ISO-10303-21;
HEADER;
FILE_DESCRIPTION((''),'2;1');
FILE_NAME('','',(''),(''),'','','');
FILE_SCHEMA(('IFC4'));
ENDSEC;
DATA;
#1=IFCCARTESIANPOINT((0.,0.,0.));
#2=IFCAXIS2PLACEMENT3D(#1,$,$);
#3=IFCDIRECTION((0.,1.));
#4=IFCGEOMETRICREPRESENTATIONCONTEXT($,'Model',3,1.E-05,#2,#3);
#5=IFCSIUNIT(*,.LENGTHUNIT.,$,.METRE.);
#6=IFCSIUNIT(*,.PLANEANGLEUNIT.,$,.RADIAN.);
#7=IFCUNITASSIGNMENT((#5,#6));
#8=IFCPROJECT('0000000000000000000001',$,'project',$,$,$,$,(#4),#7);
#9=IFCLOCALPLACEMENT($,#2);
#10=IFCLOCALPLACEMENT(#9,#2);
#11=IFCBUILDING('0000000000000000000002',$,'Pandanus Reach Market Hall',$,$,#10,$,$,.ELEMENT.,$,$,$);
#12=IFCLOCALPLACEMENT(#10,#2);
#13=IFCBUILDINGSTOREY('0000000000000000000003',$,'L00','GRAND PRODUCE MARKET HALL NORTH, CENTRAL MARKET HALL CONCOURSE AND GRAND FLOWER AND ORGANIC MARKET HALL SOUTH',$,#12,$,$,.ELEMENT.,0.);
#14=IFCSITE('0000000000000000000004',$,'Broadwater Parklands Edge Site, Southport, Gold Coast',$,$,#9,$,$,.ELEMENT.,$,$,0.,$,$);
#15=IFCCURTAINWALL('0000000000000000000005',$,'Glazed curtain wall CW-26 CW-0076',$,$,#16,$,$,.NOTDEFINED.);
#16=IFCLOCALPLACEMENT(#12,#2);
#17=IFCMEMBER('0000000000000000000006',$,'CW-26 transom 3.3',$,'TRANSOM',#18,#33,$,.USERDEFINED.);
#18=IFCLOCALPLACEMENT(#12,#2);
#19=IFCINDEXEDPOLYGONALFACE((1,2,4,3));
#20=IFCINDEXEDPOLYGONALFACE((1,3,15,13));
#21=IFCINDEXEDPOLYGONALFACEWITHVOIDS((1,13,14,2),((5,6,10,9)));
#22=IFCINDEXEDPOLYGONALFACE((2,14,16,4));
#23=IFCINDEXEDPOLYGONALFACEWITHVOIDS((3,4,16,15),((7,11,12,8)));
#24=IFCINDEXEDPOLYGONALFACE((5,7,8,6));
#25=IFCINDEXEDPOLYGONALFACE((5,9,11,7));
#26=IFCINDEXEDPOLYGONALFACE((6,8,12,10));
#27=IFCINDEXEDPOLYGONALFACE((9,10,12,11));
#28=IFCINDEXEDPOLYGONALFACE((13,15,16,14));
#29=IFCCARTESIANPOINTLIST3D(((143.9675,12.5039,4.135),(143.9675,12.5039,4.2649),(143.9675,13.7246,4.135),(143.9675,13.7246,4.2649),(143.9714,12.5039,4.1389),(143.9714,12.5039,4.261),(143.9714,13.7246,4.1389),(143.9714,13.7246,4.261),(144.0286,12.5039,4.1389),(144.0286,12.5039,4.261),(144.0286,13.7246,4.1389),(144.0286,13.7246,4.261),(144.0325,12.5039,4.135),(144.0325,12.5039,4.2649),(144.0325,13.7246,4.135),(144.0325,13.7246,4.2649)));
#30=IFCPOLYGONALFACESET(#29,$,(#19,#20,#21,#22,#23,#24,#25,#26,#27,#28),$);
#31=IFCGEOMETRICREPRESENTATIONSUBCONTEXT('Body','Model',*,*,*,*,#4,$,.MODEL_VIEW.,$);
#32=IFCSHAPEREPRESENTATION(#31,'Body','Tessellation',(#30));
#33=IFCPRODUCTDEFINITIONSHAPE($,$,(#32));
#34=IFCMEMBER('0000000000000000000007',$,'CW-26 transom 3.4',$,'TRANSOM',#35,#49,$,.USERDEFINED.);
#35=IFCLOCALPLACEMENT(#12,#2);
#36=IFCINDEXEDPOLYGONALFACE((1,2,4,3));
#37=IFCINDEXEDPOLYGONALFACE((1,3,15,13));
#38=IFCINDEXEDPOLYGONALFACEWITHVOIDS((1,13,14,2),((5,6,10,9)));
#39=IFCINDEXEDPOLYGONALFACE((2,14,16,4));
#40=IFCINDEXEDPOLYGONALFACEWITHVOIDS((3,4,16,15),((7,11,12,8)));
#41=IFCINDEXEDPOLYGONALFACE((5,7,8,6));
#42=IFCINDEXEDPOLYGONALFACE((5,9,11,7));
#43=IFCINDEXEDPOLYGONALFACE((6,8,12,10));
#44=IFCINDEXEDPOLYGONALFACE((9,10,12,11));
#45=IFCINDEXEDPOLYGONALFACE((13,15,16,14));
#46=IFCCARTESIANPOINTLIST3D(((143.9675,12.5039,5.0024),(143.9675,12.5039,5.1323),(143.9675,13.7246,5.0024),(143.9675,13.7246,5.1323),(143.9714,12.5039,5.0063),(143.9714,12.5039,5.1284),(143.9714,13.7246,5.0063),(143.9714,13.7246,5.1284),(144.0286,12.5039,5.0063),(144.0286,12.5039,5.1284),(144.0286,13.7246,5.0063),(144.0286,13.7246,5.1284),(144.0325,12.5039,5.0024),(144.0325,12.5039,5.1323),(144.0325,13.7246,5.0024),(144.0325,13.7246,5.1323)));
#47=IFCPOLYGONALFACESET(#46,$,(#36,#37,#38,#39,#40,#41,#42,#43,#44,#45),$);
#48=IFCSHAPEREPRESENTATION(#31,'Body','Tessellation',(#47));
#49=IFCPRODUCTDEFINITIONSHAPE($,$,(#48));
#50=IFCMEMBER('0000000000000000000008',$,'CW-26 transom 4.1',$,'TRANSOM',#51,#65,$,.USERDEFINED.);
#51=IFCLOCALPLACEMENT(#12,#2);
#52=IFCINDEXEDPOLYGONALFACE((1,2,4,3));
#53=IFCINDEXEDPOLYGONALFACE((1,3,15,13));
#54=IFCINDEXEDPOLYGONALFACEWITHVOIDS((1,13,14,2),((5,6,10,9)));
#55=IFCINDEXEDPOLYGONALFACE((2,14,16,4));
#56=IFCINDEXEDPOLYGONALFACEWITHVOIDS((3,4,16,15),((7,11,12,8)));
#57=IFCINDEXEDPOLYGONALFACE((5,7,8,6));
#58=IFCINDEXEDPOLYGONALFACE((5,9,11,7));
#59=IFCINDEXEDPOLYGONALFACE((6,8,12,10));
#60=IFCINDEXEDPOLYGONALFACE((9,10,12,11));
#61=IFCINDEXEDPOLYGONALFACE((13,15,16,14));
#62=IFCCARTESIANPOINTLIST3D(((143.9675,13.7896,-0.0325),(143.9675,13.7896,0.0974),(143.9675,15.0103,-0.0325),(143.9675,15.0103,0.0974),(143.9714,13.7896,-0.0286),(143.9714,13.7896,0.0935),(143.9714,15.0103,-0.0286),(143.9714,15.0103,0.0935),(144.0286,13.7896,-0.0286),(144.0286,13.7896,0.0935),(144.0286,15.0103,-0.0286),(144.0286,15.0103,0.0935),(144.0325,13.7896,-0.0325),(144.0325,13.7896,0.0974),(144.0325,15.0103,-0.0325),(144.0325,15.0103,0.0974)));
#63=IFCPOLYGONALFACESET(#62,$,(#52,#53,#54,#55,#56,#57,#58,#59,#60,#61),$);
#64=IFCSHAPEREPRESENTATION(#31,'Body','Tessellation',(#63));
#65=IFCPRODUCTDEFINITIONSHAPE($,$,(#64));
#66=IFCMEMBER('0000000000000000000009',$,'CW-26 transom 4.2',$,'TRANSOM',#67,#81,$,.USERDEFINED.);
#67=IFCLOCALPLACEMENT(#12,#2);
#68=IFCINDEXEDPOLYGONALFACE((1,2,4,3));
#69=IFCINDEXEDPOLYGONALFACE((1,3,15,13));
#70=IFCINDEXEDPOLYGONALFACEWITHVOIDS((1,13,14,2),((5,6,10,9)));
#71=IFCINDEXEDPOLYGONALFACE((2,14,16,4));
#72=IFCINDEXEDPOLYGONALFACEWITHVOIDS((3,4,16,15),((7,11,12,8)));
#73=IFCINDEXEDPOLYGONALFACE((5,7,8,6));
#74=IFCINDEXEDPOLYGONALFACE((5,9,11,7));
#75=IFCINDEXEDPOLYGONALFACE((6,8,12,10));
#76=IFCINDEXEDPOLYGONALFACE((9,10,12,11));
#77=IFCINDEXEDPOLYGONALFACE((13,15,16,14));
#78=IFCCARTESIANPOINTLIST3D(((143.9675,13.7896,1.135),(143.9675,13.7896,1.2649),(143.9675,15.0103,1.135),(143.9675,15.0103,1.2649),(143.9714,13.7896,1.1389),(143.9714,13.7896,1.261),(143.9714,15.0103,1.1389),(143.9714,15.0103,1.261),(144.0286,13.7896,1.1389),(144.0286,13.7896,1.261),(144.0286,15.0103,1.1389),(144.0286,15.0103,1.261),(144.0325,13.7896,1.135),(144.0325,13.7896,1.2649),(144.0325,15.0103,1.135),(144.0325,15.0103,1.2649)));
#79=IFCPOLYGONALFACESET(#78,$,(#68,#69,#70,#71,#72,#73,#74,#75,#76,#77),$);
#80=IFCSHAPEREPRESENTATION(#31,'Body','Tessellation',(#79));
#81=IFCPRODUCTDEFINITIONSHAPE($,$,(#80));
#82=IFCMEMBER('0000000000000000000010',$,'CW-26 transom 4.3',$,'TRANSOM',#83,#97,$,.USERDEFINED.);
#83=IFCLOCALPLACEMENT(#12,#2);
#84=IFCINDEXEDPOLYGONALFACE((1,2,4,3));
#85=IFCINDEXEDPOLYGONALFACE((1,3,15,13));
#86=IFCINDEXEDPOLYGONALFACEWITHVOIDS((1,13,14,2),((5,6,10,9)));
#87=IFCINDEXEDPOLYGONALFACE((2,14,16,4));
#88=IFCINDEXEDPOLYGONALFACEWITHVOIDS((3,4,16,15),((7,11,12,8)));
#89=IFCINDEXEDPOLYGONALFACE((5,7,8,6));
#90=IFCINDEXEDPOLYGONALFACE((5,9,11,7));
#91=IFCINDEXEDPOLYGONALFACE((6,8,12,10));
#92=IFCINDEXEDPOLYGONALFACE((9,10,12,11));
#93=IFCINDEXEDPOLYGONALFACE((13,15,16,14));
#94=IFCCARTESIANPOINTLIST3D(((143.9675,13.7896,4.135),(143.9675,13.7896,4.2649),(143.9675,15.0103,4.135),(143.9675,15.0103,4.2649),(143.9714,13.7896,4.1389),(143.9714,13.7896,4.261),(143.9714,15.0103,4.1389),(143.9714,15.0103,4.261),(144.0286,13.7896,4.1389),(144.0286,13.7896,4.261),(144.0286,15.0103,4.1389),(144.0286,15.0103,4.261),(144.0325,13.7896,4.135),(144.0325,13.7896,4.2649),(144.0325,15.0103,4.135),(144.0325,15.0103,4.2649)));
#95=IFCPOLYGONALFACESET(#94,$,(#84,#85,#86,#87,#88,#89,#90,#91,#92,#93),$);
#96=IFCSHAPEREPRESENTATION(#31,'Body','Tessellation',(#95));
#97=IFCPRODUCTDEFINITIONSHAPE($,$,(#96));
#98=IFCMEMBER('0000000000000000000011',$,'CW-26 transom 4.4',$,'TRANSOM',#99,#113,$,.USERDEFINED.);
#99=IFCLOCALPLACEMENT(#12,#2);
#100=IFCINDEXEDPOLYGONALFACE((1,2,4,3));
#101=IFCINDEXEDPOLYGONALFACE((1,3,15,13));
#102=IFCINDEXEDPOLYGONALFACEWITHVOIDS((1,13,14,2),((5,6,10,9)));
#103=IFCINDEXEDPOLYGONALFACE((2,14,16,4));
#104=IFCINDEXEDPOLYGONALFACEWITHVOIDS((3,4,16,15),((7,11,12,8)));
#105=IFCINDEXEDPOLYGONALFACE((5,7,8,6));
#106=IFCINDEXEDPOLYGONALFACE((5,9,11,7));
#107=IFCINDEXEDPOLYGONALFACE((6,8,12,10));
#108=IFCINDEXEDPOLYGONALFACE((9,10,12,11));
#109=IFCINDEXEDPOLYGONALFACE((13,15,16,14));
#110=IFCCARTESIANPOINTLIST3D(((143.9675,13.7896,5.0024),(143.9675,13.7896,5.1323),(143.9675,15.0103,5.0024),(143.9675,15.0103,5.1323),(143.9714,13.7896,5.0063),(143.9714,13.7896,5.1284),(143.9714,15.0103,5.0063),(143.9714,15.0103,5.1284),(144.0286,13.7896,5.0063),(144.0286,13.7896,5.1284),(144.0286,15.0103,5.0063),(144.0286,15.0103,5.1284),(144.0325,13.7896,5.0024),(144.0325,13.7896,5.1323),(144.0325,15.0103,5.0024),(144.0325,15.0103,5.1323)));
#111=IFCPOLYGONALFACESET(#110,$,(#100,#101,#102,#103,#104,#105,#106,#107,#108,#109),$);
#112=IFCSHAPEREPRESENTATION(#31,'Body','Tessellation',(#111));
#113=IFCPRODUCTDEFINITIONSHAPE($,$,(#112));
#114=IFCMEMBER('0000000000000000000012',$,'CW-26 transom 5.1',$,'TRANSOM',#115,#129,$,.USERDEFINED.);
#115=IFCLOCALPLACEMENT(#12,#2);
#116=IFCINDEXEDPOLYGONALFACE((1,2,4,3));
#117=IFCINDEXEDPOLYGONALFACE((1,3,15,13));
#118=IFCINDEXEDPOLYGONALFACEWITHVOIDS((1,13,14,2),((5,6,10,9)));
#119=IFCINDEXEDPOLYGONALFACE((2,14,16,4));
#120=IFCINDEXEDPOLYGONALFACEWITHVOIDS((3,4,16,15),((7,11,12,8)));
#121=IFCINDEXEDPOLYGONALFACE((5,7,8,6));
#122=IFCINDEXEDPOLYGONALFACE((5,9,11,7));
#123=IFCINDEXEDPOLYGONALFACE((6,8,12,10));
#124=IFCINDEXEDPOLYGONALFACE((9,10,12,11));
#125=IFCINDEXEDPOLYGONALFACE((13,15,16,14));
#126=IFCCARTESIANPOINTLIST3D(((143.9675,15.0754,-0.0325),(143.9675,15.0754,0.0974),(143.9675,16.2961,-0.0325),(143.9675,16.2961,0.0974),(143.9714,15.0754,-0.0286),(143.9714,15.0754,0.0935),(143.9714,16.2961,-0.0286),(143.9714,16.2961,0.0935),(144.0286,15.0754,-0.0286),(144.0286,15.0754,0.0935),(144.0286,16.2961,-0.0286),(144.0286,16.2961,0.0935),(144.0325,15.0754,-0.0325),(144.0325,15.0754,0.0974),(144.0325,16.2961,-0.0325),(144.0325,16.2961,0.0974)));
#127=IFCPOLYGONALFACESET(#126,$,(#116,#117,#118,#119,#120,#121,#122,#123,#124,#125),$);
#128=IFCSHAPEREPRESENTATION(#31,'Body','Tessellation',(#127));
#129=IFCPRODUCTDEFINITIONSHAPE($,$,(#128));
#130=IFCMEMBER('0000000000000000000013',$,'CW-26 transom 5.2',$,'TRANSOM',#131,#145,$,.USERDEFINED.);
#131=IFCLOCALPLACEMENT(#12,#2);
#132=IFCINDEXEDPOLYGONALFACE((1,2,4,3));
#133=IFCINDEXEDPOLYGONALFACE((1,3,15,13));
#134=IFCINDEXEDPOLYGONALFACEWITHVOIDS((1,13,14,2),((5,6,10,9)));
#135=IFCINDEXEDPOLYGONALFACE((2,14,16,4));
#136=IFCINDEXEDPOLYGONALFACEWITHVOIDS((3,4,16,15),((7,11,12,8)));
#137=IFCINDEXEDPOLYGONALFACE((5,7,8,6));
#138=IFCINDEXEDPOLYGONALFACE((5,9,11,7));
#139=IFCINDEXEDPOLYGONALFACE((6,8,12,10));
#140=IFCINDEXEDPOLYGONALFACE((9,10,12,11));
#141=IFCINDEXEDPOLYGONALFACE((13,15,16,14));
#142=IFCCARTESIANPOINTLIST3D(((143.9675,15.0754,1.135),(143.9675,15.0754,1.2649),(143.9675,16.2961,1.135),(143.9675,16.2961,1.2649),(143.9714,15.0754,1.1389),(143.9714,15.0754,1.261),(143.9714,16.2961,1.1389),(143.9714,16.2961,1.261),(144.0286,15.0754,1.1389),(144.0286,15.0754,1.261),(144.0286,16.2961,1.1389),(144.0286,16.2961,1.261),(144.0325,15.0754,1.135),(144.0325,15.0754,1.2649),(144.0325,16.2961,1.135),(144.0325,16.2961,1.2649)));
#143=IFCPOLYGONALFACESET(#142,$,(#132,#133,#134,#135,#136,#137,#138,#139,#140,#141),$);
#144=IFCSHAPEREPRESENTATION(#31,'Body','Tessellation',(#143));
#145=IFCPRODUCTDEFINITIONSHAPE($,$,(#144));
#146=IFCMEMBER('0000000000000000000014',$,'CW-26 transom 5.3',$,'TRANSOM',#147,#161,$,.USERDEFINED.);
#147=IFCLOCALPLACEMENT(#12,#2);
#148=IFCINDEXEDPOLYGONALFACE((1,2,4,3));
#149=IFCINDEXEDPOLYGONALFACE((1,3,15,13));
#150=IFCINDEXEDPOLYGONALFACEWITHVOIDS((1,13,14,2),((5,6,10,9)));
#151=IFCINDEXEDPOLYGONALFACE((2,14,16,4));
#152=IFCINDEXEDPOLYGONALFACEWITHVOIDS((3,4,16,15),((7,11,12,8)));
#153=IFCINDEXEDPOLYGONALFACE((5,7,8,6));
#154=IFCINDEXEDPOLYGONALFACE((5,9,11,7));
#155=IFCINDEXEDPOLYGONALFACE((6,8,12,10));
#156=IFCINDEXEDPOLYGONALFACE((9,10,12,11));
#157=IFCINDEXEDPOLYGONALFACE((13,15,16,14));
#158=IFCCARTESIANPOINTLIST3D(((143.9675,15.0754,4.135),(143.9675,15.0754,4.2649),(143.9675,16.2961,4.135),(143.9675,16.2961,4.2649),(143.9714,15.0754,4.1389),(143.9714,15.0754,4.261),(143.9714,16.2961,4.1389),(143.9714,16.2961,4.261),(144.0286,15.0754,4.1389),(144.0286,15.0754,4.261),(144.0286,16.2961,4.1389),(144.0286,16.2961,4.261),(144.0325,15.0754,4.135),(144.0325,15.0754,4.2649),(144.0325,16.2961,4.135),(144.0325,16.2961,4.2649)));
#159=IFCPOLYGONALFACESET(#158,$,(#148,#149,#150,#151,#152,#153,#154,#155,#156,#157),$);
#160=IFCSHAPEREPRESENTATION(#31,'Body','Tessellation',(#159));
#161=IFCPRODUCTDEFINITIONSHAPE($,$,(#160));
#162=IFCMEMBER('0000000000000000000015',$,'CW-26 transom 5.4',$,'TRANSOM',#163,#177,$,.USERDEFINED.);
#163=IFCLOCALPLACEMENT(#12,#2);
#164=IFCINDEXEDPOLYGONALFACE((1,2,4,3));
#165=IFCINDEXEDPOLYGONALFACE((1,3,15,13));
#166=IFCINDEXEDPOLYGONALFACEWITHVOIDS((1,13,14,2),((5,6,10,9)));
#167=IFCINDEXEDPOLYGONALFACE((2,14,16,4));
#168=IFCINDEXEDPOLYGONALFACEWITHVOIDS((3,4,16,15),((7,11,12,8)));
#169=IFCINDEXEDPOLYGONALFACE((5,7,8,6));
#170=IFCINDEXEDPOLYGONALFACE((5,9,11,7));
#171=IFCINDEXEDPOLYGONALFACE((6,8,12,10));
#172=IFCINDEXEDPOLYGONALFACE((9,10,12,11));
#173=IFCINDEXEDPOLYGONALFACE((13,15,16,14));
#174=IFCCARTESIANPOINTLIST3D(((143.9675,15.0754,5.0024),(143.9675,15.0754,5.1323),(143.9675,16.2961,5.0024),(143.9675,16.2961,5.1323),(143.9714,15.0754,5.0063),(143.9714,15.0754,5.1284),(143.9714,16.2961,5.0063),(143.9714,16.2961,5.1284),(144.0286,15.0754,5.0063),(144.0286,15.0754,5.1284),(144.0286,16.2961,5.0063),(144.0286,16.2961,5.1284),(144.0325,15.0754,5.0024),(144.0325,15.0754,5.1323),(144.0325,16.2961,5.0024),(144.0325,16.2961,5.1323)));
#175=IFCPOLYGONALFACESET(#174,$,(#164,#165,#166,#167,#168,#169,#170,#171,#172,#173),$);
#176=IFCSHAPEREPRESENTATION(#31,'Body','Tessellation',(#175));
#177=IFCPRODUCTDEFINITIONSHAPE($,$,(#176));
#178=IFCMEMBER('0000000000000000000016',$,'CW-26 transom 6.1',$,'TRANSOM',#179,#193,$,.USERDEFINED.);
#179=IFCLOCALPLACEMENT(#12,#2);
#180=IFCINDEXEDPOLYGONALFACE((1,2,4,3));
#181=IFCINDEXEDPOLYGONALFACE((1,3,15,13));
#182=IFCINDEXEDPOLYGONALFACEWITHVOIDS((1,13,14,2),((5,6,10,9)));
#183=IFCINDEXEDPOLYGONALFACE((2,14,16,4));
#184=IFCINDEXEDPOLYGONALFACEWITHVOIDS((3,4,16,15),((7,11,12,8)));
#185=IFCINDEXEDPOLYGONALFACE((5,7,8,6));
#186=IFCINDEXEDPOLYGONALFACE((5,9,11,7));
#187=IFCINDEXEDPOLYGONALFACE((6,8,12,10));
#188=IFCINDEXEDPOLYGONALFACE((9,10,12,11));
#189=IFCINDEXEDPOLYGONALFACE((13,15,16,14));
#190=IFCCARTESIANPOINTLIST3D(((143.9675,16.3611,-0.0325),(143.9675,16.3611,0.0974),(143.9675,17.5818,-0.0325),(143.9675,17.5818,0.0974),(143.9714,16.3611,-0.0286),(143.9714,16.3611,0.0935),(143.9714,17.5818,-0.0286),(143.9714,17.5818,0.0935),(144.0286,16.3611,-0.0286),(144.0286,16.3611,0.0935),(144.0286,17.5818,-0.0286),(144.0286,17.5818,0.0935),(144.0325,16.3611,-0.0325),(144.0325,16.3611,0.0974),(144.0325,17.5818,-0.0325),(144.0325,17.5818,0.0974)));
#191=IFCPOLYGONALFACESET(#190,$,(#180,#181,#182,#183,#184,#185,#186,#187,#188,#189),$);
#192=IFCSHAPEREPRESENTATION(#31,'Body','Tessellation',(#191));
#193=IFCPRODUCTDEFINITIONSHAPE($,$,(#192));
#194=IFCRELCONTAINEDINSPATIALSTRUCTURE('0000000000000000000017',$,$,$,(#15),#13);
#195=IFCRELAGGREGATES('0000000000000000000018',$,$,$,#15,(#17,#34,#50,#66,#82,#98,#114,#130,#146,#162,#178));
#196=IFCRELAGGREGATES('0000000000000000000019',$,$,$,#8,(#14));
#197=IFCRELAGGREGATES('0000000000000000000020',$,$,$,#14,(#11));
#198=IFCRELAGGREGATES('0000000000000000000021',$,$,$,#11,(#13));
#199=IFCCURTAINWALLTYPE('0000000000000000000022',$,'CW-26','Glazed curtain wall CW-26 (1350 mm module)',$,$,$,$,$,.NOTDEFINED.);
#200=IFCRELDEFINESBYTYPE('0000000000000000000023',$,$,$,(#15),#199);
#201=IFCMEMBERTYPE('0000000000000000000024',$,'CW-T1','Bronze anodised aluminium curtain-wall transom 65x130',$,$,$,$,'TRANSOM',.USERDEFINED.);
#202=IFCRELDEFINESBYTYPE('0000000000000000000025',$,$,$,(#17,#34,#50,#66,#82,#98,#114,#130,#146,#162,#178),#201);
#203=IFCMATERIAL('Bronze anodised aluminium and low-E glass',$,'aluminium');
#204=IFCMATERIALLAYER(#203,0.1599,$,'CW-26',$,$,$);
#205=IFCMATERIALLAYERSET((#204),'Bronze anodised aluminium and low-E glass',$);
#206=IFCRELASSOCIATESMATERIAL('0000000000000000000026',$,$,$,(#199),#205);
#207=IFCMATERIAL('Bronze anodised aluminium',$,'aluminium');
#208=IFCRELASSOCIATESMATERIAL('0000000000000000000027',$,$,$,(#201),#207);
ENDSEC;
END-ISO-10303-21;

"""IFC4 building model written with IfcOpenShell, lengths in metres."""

from ifc_helpers import new_model, si_unit, direction, frame, origin, origin_2d, place, context, subcontext, project, spatial, hollow_rectangle, extrude, material, layer, layer_set, material_profile, profile_set, type_object, element, aggregate, save


model = new_model("IFC4")

# Units and contexts
model_context = context("Model", 3, precision=1e-05, world=origin(), true_north=direction((0.0, 1.0)))
body_context = subcontext(model_context, "Body", "Model", "MODEL_VIEW")
ifc_project = project(units=[si_unit("LENGTHUNIT", "METRE"), si_unit("PLANEANGLEUNIT", "RADIAN")], contexts=[model_context])

# Site, building, storey
site_placement = place(None, origin())
site = spatial("IfcSite", under=ifc_project, at=site_placement, Name="Broadwater Parklands Edge Site, Southport, Gold Coast", CompositionType="ELEMENT", RefElevation=0.0)
building_placement = place(site_placement, origin())
building = spatial("IfcBuilding", under=site, at=building_placement, Name="Pandanus Reach Market Hall", CompositionType="ELEMENT")
storey_placement = place(building_placement, origin())
storey = spatial("IfcBuildingStorey", under=building, at=storey_placement, Name="L00", Description="GRAND PRODUCE MARKET HALL NORTH, CENTRAL MARKET HALL CONCOURSE AND GRAND FLOWER AND ORGANIC MARKET HALL SOUTH", CompositionType="ELEMENT", Elevation=0.0)

# Curtain wall, members
ifc_material_1 = material(Name="Bronze anodised aluminium and low-E glass", Category="aluminium")
ifc_layer_1 = layer(ifc_material_1, 0.1599, Name="CW-26")
ifc_layer_set_1 = layer_set([ifc_layer_1], Name="Bronze anodised aluminium and low-E glass")
curtain_wall_type = type_object("IfcCurtainWallType", Name="CW-26", Description="Glazed curtain wall CW-26 (1350 mm module)", PredefinedType="NOTDEFINED", material=ifc_layer_set_1)
curtain_wall_placement = place(storey_placement, origin())
curtain_wall = element("IfcCurtainWall", 1, at=curtain_wall_placement, inside=storey, type_object=curtain_wall_type, Name="Glazed curtain wall CW-26 CW-0076", PredefinedType="NOTDEFINED")
ifc_material_2 = material(Name="Bronze anodised aluminium", Category="aluminium")
ifc_material_profile_1 = material_profile(ifc_material_2, hollow_rectangle(XDim=0.0649, YDim=0.1299, WallThickness=0.0039, at=origin_2d()), Name="ALU65x130", Category="LoadBearing")
ifc_profile_set_1 = profile_set([ifc_material_profile_1], Name="Bronze anodised aluminium")
member_type_1 = type_object("IfcMemberType", Name="CW-T1", Description="Bronze anodised aluminium curtain-wall transom 65x130", ElementType="TRANSOM", PredefinedType="USERDEFINED", material=ifc_profile_set_1)
member_1_placement = place(storey_placement, frame((144.0, 12.5039, 4.2), z_axis=(0.0, 1.0, 0.0), x_axis=(-1.0, 0.0, 0.0)))
member_1 = element("IfcMember", 2, at=member_1_placement, type_object=member_type_1, Name="CW-26 transom 3.3", ObjectType="TRANSOM", PredefinedType="USERDEFINED", context=body_context, shape_type="SweptSolid", body=[
    extrude(hollow_rectangle(XDim=0.0649, YDim=0.1299, WallThickness=0.0039, at=origin_2d()), origin(), (0.0, 0.0, 1.0), 1.2207),
])
member_2_placement = place(storey_placement, frame((144.0, 12.5039, 5.0674), z_axis=(0.0, 1.0, 0.0), x_axis=(-1.0, 0.0, 0.0)))
member_2 = element("IfcMember", 3, at=member_2_placement, type_object=member_type_1, Name="CW-26 transom 3.4", ObjectType="TRANSOM", PredefinedType="USERDEFINED", context=body_context, shape_type="SweptSolid", body=[
    extrude(hollow_rectangle(XDim=0.0649, YDim=0.1299, WallThickness=0.0039, at=origin_2d()), origin(), (0.0, 0.0, 1.0), 1.2207),
])
member_3_placement = place(storey_placement, frame((144.0, 13.7896, 0.0325), z_axis=(0.0, 1.0, 0.0), x_axis=(-1.0, 0.0, 0.0)))
member_3 = element("IfcMember", 4, at=member_3_placement, type_object=member_type_1, Name="CW-26 transom 4.1", ObjectType="TRANSOM", PredefinedType="USERDEFINED", context=body_context, shape_type="SweptSolid", body=[
    extrude(hollow_rectangle(XDim=0.0649, YDim=0.1299, WallThickness=0.0039, at=origin_2d()), origin(), (0.0, 0.0, 1.0), 1.2207),
])
member_4_placement = place(storey_placement, frame((144.0, 13.7896, 1.2), z_axis=(0.0, 1.0, 0.0), x_axis=(-1.0, 0.0, 0.0)))
member_4 = element("IfcMember", 5, at=member_4_placement, type_object=member_type_1, Name="CW-26 transom 4.2", ObjectType="TRANSOM", PredefinedType="USERDEFINED", context=body_context, shape_type="SweptSolid", body=[
    extrude(hollow_rectangle(XDim=0.0649, YDim=0.1299, WallThickness=0.0039, at=origin_2d()), origin(), (0.0, 0.0, 1.0), 1.2207),
])
member_5_placement = place(storey_placement, frame((144.0, 13.7896, 4.2), z_axis=(0.0, 1.0, 0.0), x_axis=(-1.0, 0.0, 0.0)))
member_5 = element("IfcMember", 6, at=member_5_placement, type_object=member_type_1, Name="CW-26 transom 4.3", ObjectType="TRANSOM", PredefinedType="USERDEFINED", context=body_context, shape_type="SweptSolid", body=[
    extrude(hollow_rectangle(XDim=0.0649, YDim=0.1299, WallThickness=0.0039, at=origin_2d()), origin(), (0.0, 0.0, 1.0), 1.2207),
])
member_6_placement = place(storey_placement, frame((144.0, 13.7896, 5.0674), z_axis=(0.0, 1.0, 0.0), x_axis=(-1.0, 0.0, 0.0)))
member_6 = element("IfcMember", 7, at=member_6_placement, type_object=member_type_1, Name="CW-26 transom 4.4", ObjectType="TRANSOM", PredefinedType="USERDEFINED", context=body_context, shape_type="SweptSolid", body=[
    extrude(hollow_rectangle(XDim=0.0649, YDim=0.1299, WallThickness=0.0039, at=origin_2d()), origin(), (0.0, 0.0, 1.0), 1.2207),
])
member_7_placement = place(storey_placement, frame((144.0, 15.0754, 0.0325), z_axis=(0.0, 1.0, 0.0), x_axis=(-1.0, 0.0, 0.0)))
member_7 = element("IfcMember", 8, at=member_7_placement, type_object=member_type_1, Name="CW-26 transom 5.1", ObjectType="TRANSOM", PredefinedType="USERDEFINED", context=body_context, shape_type="SweptSolid", body=[
    extrude(hollow_rectangle(XDim=0.0649, YDim=0.1299, WallThickness=0.0039, at=origin_2d()), origin(), (0.0, 0.0, 1.0), 1.2207),
])
member_8_placement = place(storey_placement, frame((144.0, 15.0754, 1.2), z_axis=(0.0, 1.0, 0.0), x_axis=(-1.0, 0.0, 0.0)))
member_8 = element("IfcMember", 9, at=member_8_placement, type_object=member_type_1, Name="CW-26 transom 5.2", ObjectType="TRANSOM", PredefinedType="USERDEFINED", context=body_context, shape_type="SweptSolid", body=[
    extrude(hollow_rectangle(XDim=0.0649, YDim=0.1299, WallThickness=0.0039, at=origin_2d()), origin(), (0.0, 0.0, 1.0), 1.2207),
])
member_9_placement = place(storey_placement, frame((144.0, 15.0754, 4.2), z_axis=(0.0, 1.0, 0.0), x_axis=(-1.0, 0.0, 0.0)))
member_9 = element("IfcMember", 10, at=member_9_placement, type_object=member_type_1, Name="CW-26 transom 5.3", ObjectType="TRANSOM", PredefinedType="USERDEFINED", context=body_context, shape_type="SweptSolid", body=[
    extrude(hollow_rectangle(XDim=0.0649, YDim=0.1299, WallThickness=0.0039, at=origin_2d()), origin(), (0.0, 0.0, 1.0), 1.2207),
])
member_10_placement = place(storey_placement, frame((144.0, 15.0754, 5.0674), z_axis=(0.0, 1.0, 0.0), x_axis=(-1.0, 0.0, 0.0)))
member_10 = element("IfcMember", 11, at=member_10_placement, type_object=member_type_1, Name="CW-26 transom 5.4", ObjectType="TRANSOM", PredefinedType="USERDEFINED", context=body_context, shape_type="SweptSolid", body=[
    extrude(hollow_rectangle(XDim=0.0649, YDim=0.1299, WallThickness=0.0039, at=origin_2d()), origin(), (0.0, 0.0, 1.0), 1.2207),
])
member_11_placement = place(storey_placement, frame((144.0, 16.3611, 0.0325), z_axis=(0.0, 1.0, 0.0), x_axis=(-1.0, 0.0, 0.0)))
member_11 = element("IfcMember", 12, at=member_11_placement, type_object=member_type_1, Name="CW-26 transom 6.1", ObjectType="TRANSOM", PredefinedType="USERDEFINED", context=body_context, shape_type="SweptSolid", body=[
    extrude(hollow_rectangle(XDim=0.0649, YDim=0.1299, WallThickness=0.0039, at=origin_2d()), origin(), (0.0, 0.0, 1.0), 1.2207),
])
aggregate(curtain_wall, [member_1, member_2, member_3, member_4, member_5, member_6, member_7, member_8, member_9, member_10, member_11])

save(model, "model.ifc")
